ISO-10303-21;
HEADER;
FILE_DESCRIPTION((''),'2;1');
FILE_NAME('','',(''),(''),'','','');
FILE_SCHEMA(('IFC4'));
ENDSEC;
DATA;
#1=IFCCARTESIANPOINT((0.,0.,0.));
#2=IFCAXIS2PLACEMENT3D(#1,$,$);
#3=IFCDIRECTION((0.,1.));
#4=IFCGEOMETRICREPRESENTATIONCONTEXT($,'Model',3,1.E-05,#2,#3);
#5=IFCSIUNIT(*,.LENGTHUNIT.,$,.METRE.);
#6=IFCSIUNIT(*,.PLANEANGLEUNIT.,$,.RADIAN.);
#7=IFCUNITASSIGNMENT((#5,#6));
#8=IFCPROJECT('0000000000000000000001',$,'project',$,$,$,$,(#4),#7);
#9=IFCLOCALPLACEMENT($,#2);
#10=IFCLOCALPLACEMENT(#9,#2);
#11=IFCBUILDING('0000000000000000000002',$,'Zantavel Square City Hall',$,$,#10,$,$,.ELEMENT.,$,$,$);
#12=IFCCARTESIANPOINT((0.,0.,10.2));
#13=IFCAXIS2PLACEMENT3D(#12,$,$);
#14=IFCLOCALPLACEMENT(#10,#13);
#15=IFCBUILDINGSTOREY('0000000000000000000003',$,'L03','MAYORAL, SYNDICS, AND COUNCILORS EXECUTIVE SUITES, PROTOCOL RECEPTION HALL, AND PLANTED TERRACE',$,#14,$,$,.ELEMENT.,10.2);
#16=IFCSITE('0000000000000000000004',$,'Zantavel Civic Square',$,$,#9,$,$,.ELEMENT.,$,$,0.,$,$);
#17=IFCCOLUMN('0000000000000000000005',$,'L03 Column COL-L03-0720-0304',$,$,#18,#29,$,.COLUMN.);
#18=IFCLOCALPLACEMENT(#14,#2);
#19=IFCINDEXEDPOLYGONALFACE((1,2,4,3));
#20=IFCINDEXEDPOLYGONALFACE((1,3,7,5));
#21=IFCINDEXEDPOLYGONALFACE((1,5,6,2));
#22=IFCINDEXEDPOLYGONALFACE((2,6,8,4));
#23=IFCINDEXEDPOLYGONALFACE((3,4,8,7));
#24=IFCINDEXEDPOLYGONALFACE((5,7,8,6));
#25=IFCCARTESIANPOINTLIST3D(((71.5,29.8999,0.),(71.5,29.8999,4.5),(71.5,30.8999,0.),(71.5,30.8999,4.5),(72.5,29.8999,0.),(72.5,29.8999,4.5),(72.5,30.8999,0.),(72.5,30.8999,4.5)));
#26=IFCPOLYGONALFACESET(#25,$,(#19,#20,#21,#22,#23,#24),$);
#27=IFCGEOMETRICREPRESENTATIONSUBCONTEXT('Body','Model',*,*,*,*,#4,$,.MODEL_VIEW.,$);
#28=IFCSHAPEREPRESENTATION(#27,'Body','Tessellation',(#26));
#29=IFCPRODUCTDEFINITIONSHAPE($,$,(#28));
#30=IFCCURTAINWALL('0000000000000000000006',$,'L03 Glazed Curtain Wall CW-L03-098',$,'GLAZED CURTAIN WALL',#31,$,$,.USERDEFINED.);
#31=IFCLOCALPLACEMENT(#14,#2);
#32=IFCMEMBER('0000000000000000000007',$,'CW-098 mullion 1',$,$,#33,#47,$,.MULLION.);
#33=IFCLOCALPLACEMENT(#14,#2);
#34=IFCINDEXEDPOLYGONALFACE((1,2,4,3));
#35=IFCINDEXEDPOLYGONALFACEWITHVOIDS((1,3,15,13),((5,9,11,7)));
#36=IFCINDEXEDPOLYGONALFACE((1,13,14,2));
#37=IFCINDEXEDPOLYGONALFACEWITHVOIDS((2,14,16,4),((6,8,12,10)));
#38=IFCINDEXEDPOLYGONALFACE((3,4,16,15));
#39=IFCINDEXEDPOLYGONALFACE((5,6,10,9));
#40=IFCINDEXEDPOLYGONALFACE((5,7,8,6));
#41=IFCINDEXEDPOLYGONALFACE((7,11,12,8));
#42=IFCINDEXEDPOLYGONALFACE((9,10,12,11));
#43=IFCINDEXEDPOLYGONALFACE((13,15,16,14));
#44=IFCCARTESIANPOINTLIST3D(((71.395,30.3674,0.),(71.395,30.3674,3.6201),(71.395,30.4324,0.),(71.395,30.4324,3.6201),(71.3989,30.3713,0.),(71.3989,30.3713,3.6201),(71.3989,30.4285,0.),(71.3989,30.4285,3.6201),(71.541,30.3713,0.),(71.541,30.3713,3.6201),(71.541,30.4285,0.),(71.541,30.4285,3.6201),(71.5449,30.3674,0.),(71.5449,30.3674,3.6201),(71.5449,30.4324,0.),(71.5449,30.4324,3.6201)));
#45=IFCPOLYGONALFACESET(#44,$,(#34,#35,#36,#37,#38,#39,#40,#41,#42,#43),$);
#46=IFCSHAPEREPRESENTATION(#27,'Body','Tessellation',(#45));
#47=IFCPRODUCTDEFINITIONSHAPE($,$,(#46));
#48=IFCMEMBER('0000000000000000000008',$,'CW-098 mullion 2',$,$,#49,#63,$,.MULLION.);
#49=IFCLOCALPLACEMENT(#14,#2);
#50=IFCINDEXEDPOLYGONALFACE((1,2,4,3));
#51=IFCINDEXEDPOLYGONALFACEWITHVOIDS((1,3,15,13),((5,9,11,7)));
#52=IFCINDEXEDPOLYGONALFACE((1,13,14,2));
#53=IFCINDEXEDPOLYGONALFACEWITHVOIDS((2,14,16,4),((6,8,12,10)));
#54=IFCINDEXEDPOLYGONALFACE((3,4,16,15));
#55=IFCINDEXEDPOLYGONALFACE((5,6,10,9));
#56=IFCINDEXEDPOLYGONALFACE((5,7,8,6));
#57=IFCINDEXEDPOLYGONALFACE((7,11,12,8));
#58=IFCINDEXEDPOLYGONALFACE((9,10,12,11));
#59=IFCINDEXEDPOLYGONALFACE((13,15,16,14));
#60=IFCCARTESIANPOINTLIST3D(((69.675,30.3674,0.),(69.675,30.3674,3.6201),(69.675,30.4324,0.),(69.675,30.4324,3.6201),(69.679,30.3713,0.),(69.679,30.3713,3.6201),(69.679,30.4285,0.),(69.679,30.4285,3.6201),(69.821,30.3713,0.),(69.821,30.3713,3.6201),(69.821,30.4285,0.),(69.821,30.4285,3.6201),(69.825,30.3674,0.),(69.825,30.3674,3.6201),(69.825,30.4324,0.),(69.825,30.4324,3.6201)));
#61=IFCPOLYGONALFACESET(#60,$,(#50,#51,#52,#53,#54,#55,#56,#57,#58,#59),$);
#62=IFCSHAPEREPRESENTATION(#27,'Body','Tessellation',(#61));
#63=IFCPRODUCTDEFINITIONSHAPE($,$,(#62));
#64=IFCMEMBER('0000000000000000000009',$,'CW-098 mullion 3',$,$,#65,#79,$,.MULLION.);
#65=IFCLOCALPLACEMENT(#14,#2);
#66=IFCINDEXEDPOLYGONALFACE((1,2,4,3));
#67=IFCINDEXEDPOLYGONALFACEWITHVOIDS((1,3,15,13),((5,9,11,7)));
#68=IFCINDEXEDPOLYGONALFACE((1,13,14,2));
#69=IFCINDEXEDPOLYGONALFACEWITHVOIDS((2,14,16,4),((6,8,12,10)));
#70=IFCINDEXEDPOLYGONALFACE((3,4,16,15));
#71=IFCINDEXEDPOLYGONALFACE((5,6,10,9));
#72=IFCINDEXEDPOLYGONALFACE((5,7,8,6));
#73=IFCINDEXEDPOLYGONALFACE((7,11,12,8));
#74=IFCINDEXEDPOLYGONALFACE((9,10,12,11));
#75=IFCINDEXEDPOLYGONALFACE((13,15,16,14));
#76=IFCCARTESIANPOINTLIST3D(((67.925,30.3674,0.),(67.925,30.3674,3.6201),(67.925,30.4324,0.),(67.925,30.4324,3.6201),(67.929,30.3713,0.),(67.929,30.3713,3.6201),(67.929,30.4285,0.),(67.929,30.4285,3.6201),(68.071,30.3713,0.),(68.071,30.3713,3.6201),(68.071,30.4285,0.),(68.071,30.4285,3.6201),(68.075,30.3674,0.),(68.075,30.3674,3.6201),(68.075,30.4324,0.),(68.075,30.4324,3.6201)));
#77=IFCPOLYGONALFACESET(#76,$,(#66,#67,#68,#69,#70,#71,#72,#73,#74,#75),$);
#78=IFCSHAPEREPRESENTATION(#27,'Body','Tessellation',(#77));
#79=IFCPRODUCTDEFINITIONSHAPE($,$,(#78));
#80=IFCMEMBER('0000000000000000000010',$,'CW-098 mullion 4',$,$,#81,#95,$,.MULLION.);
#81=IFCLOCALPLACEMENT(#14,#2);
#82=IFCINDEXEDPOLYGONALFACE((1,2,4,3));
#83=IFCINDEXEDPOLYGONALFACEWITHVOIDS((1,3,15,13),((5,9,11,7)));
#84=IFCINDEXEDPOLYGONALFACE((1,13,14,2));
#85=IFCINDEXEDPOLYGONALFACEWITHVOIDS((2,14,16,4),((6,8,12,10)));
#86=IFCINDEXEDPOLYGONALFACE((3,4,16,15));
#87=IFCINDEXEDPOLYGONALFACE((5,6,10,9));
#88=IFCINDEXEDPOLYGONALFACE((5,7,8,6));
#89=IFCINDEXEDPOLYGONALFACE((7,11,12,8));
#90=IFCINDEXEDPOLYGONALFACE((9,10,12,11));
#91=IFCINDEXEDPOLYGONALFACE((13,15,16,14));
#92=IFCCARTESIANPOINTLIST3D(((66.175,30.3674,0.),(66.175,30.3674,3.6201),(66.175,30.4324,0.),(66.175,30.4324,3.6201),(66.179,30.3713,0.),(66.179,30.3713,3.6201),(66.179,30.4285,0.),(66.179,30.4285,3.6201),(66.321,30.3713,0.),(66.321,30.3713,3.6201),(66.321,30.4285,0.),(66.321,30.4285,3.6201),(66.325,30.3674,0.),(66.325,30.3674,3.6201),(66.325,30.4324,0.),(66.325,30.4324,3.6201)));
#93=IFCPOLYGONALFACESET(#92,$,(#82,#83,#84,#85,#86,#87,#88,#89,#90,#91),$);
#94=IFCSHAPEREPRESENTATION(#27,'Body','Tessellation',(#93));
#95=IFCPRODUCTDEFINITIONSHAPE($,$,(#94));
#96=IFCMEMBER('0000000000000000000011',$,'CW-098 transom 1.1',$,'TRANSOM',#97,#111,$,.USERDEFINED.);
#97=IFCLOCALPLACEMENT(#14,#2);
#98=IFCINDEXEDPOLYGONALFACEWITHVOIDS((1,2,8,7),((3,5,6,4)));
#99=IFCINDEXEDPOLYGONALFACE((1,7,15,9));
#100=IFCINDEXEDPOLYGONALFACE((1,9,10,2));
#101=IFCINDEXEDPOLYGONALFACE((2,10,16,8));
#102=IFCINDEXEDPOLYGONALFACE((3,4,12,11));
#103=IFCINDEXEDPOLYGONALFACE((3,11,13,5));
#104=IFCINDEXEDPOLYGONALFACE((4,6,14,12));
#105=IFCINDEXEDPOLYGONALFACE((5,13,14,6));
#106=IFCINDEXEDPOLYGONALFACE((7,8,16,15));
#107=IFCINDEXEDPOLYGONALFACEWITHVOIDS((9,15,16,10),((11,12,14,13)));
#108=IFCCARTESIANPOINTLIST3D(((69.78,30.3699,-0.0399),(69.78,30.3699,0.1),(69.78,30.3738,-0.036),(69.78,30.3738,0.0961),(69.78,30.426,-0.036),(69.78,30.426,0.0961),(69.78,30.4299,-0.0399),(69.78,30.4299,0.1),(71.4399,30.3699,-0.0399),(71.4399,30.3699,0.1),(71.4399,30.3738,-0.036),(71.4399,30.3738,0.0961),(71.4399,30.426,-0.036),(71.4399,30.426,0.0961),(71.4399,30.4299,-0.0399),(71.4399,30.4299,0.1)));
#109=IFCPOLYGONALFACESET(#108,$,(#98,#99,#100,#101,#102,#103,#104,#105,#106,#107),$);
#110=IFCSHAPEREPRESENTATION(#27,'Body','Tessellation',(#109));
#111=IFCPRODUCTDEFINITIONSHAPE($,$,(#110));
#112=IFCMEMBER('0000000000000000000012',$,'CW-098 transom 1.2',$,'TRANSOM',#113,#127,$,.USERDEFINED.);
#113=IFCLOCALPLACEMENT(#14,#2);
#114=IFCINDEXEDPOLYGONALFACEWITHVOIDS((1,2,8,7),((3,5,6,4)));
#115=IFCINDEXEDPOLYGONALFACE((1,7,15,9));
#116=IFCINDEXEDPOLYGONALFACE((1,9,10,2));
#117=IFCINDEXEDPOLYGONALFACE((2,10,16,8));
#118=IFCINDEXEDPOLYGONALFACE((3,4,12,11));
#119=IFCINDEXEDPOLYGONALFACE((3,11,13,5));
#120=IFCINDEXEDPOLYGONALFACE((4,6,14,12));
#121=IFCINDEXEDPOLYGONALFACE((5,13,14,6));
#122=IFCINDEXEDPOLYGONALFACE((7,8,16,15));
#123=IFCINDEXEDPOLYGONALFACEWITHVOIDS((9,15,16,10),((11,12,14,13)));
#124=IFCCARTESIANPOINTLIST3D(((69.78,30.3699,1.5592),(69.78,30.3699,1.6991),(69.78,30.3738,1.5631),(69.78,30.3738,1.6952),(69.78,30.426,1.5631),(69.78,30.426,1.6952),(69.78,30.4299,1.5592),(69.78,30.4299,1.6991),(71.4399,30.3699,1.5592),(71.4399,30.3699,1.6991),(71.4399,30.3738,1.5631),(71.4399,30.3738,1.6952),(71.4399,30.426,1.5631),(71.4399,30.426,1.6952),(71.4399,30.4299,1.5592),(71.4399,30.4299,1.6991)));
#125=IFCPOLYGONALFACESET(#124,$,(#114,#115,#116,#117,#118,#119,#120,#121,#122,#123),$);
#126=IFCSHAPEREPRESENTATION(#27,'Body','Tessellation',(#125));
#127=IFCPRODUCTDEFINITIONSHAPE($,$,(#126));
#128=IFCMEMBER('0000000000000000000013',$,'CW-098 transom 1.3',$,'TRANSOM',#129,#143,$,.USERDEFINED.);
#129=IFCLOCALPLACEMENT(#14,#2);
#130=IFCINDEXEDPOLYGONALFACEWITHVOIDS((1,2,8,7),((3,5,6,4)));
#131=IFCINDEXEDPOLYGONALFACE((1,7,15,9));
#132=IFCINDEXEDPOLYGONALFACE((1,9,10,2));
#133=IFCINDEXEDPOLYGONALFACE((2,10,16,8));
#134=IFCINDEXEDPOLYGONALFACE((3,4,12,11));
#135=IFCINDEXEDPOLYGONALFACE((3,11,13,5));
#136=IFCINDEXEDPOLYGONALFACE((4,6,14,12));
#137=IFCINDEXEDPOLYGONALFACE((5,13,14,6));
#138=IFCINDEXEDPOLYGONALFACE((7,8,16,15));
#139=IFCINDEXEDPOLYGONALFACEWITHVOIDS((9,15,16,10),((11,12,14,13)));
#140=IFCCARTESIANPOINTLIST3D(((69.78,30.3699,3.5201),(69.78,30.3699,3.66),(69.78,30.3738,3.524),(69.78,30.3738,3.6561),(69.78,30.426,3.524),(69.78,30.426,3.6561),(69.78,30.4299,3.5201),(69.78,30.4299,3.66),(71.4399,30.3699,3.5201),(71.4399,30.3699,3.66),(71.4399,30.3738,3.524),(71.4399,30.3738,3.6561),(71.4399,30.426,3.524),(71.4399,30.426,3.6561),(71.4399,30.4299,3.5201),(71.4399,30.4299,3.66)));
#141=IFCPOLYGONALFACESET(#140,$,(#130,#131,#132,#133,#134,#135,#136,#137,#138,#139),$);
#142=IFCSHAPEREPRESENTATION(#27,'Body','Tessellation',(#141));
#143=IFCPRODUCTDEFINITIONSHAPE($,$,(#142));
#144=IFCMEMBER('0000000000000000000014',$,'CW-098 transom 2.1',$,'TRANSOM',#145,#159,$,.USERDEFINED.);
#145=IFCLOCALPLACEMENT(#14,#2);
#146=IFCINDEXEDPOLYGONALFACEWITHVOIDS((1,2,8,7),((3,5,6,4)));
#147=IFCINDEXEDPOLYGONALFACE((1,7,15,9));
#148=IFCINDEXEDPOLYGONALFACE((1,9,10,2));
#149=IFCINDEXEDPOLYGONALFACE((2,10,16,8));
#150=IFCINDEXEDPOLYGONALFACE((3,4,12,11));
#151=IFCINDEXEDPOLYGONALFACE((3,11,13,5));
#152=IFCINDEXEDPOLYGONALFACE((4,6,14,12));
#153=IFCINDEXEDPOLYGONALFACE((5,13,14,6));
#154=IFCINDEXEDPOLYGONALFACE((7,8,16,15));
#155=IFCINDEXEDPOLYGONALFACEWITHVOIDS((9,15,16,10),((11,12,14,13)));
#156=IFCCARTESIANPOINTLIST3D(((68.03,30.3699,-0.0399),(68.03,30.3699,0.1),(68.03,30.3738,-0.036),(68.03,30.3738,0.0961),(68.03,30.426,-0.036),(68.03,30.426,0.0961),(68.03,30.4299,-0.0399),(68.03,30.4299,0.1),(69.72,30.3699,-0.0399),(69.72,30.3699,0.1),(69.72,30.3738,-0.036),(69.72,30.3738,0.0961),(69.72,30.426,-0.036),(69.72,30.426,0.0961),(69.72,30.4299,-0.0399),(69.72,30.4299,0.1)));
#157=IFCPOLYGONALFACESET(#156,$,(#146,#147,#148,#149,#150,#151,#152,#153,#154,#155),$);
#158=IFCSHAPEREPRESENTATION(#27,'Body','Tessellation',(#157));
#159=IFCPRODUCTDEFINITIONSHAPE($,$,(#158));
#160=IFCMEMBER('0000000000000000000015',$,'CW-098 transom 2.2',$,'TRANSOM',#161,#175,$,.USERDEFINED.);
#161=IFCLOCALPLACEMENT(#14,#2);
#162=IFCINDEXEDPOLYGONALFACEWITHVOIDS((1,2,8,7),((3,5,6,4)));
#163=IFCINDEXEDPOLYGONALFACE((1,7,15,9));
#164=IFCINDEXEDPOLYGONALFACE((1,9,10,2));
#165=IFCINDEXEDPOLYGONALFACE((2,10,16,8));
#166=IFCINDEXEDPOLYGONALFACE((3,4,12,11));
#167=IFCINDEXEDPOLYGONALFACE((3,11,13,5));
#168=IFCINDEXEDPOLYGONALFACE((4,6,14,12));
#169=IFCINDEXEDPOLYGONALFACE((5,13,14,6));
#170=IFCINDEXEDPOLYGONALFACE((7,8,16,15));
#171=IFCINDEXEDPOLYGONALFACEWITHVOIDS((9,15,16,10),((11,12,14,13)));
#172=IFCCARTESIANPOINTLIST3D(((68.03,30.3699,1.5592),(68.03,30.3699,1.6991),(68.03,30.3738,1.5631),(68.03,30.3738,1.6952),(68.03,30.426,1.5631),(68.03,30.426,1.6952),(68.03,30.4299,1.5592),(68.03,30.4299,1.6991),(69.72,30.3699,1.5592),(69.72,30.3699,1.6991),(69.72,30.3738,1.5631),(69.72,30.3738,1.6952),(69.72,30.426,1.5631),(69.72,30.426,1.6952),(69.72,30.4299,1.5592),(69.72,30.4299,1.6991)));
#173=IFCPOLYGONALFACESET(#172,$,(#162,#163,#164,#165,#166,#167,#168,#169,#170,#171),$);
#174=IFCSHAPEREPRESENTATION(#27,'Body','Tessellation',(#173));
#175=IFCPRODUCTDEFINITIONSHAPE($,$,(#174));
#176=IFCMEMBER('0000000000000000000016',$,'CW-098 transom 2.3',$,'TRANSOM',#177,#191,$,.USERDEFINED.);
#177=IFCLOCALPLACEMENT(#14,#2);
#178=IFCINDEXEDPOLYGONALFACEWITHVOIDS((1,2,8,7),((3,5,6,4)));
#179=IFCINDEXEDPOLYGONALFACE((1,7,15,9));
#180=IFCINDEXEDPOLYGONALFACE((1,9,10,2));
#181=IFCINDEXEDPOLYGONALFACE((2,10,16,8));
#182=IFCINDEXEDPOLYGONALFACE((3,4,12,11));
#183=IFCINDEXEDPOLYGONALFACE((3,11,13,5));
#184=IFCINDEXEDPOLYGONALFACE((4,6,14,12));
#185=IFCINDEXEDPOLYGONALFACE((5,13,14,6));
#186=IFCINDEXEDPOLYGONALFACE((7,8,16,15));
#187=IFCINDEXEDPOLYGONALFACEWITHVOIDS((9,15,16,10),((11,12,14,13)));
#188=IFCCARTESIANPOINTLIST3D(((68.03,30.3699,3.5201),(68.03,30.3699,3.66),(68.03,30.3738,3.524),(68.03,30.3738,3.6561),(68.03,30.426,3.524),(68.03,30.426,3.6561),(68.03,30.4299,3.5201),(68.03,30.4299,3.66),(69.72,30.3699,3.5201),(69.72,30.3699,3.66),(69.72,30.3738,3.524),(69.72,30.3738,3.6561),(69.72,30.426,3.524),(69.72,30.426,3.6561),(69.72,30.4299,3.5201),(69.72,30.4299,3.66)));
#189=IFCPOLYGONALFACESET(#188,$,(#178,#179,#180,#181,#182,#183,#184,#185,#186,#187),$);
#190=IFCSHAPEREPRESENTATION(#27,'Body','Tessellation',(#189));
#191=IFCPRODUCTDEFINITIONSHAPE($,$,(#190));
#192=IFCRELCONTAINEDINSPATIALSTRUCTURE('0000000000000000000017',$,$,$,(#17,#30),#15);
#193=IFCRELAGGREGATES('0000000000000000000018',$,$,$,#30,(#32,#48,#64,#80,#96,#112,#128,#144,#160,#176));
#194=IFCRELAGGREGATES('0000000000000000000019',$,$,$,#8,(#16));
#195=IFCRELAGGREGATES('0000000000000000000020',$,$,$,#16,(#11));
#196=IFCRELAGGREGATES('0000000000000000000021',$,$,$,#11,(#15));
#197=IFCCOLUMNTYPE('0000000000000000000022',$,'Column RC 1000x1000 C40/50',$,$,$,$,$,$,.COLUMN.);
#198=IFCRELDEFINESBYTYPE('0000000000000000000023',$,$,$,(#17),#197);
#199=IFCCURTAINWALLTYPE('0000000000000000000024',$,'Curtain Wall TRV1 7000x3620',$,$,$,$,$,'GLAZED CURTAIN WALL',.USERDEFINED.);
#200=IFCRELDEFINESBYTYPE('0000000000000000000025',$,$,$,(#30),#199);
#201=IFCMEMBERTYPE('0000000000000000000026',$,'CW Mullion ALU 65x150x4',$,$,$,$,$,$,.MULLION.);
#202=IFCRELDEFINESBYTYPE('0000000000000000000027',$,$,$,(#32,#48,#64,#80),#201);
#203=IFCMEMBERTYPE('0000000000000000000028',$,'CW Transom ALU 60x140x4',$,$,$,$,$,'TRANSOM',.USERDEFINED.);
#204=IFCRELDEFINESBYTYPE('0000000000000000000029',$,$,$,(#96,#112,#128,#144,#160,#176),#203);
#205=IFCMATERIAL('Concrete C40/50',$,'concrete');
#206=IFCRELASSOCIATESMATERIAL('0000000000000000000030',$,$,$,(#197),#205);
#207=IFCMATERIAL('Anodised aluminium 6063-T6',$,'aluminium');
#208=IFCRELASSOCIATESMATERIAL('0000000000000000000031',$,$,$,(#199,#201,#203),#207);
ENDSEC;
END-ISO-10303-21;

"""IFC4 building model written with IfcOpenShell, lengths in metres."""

from ifc_helpers import new_model, si_unit, direction, frame, origin, origin_2d, place, context, subcontext, project, spatial, rectangle, hollow_rectangle, extrude, material, material_profile, profile_set, type_object, element, aggregate, save


model = new_model("IFC4")

# Units and contexts
model_context = context("Model", 3, precision=1e-05, world=origin(), true_north=direction((0.0, 1.0)))
body_context = subcontext(model_context, "Body", "Model", "MODEL_VIEW")
ifc_project = project(units=[si_unit("LENGTHUNIT", "METRE"), si_unit("PLANEANGLEUNIT", "RADIAN")], contexts=[model_context])

# Site, building, storey
site_placement = place(None, origin())
site = spatial("IfcSite", under=ifc_project, at=site_placement, Name="Zantavel Civic Square", CompositionType="ELEMENT", RefElevation=0.0)
building_placement = place(site_placement, origin())
building = spatial("IfcBuilding", under=site, at=building_placement, Name="Zantavel Square City Hall", CompositionType="ELEMENT")
storey_placement = place(building_placement, frame((0.0, 0.0, 10.2)))
storey = spatial("IfcBuildingStorey", under=building, at=storey_placement, Name="L03", Description="MAYORAL, SYNDICS, AND COUNCILORS EXECUTIVE SUITES, PROTOCOL RECEPTION HALL, AND PLANTED TERRACE", CompositionType="ELEMENT", Elevation=10.2)

# Column
ifc_material_1 = material(Name="Concrete C40/50", Category="concrete")
ifc_material_profile_1 = material_profile(ifc_material_1, rectangle(XDim=1.0, YDim=1.0, at=origin_2d()), Name="RC 1000x1000")
ifc_profile_set_1 = profile_set([ifc_material_profile_1], Name="Concrete C40/50")
column_type = type_object("IfcColumnType", Name="Column RC 1000x1000 C40/50", PredefinedType="COLUMN", material=ifc_profile_set_1)
column_placement = place(storey_placement, frame((72.0, 30.3999, 0.0), z_axis=(0.0, 0.0, 1.0), x_axis=(1.0, 0.0, 0.0)))
element("IfcColumn", 1, at=column_placement, inside=storey, type_object=column_type, Name="L03 Column COL-L03-0720-0304", PredefinedType="COLUMN", context=body_context, shape_type="SweptSolid", body=[
    extrude(rectangle(XDim=1.0, YDim=1.0, at=origin_2d()), origin(), (0.0, 0.0, 1.0), 4.5),
])

# Curtain wall, members
ifc_material_2 = material(Name="Anodised aluminium 6063-T6", Category="aluminium")
curtain_wall_type = type_object("IfcCurtainWallType", Name="Curtain Wall TRV1 7000x3620", ElementType="GLAZED CURTAIN WALL", PredefinedType="USERDEFINED", material=ifc_material_2)
curtain_wall_placement = place(storey_placement, origin())
curtain_wall = element("IfcCurtainWall", 2, at=curtain_wall_placement, inside=storey, type_object=curtain_wall_type, Name="L03 Glazed Curtain Wall CW-L03-098", ObjectType="GLAZED CURTAIN WALL", PredefinedType="USERDEFINED")
ifc_material_profile_2 = material_profile(ifc_material_2, hollow_rectangle(XDim=0.0649, YDim=0.1499, WallThickness=0.0039, at=origin_2d()), Name="ALU 65x150x4")
ifc_profile_set_2 = profile_set([ifc_material_profile_2], Name="Anodised aluminium 6063-T6")
member_type_1 = type_object("IfcMemberType", Name="CW Mullion ALU 65x150x4", PredefinedType="MULLION", material=ifc_profile_set_2)
member_1_placement = place(storey_placement, frame((71.47, 30.3999, 0.0), z_axis=(0.0, 0.0, 1.0), x_axis=(0.0, -1.0, 0.0)))
member_1 = element("IfcMember", 3, at=member_1_placement, type_object=member_type_1, Name="CW-098 mullion 1", PredefinedType="MULLION", context=body_context, shape_type="SweptSolid", body=[
    extrude(hollow_rectangle(XDim=0.0649, YDim=0.1499, WallThickness=0.0039, at=origin_2d()), origin(), (0.0, 0.0, 1.0), 3.6201),
])
member_2_placement = place(storey_placement, frame((69.75, 30.3999, 0.0), z_axis=(0.0, 0.0, 1.0), x_axis=(0.0, -1.0, 0.0)))
member_2 = element("IfcMember", 4, at=member_2_placement, type_object=member_type_1, Name="CW-098 mullion 2", PredefinedType="MULLION", context=body_context, shape_type="SweptSolid", body=[
    extrude(hollow_rectangle(XDim=0.0649, YDim=0.1499, WallThickness=0.0039, at=origin_2d()), origin(), (0.0, 0.0, 1.0), 3.6201),
])
member_3_placement = place(storey_placement, frame((68.0, 30.3999, 0.0), z_axis=(0.0, 0.0, 1.0), x_axis=(0.0, -1.0, 0.0)))
member_3 = element("IfcMember", 5, at=member_3_placement, type_object=member_type_1, Name="CW-098 mullion 3", PredefinedType="MULLION", context=body_context, shape_type="SweptSolid", body=[
    extrude(hollow_rectangle(XDim=0.0649, YDim=0.1499, WallThickness=0.0039, at=origin_2d()), origin(), (0.0, 0.0, 1.0), 3.6201),
])
member_4_placement = place(storey_placement, frame((66.25, 30.3999, 0.0), z_axis=(0.0, 0.0, 1.0), x_axis=(0.0, -1.0, 0.0)))
member_4 = element("IfcMember", 6, at=member_4_placement, type_object=member_type_1, Name="CW-098 mullion 4", PredefinedType="MULLION", context=body_context, shape_type="SweptSolid", body=[
    extrude(hollow_rectangle(XDim=0.0649, YDim=0.1499, WallThickness=0.0039, at=origin_2d()), origin(), (0.0, 0.0, 1.0), 3.6201),
])
ifc_material_profile_3 = material_profile(ifc_material_2, hollow_rectangle(XDim=0.0601, YDim=0.1399, WallThickness=0.0039, at=origin_2d()), Name="ALU 60x140x4")
ifc_profile_set_3 = profile_set([ifc_material_profile_3], Name="Anodised aluminium 6063-T6")
member_type_2 = type_object("IfcMemberType", Name="CW Transom ALU 60x140x4", ElementType="TRANSOM", PredefinedType="USERDEFINED", material=ifc_profile_set_3)
member_5_placement = place(storey_placement, frame((71.4399, 30.3999, 0.03), z_axis=(-1.0, 0.0, 0.0), x_axis=(0.0, -1.0, 0.0)))
member_5 = element("IfcMember", 7, at=member_5_placement, type_object=member_type_2, Name="CW-098 transom 1.1", ObjectType="TRANSOM", PredefinedType="USERDEFINED", context=body_context, shape_type="SweptSolid", body=[
    extrude(hollow_rectangle(XDim=0.0601, YDim=0.1399, WallThickness=0.0039, at=origin_2d()), origin(), (0.0, 0.0, 1.0), 1.6599),
])
member_6_placement = place(storey_placement, frame((71.4399, 30.3999, 1.6292), z_axis=(-1.0, 0.0, 0.0), x_axis=(0.0, -1.0, 0.0)))
member_6 = element("IfcMember", 8, at=member_6_placement, type_object=member_type_2, Name="CW-098 transom 1.2", ObjectType="TRANSOM", PredefinedType="USERDEFINED", context=body_context, shape_type="SweptSolid", body=[
    extrude(hollow_rectangle(XDim=0.0601, YDim=0.1399, WallThickness=0.0039, at=origin_2d()), origin(), (0.0, 0.0, 1.0), 1.6599),
])
member_7_placement = place(storey_placement, frame((71.4399, 30.3999, 3.5901), z_axis=(-1.0, 0.0, 0.0), x_axis=(0.0, -1.0, 0.0)))
member_7 = element("IfcMember", 9, at=member_7_placement, type_object=member_type_2, Name="CW-098 transom 1.3", ObjectType="TRANSOM", PredefinedType="USERDEFINED", context=body_context, shape_type="SweptSolid", body=[
    extrude(hollow_rectangle(XDim=0.0601, YDim=0.1399, WallThickness=0.0039, at=origin_2d()), origin(), (0.0, 0.0, 1.0), 1.6599),
])
member_8_placement = place(storey_placement, frame((69.72, 30.3999, 0.03), z_axis=(-1.0, 0.0, 0.0), x_axis=(0.0, -1.0, 0.0)))
member_8 = element("IfcMember", 10, at=member_8_placement, type_object=member_type_2, Name="CW-098 transom 2.1", ObjectType="TRANSOM", PredefinedType="USERDEFINED", context=body_context, shape_type="SweptSolid", body=[
    extrude(hollow_rectangle(XDim=0.0601, YDim=0.1399, WallThickness=0.0039, at=origin_2d()), origin(), (0.0, 0.0, 1.0), 1.6899),
])
member_9_placement = place(storey_placement, frame((69.72, 30.3999, 1.6292), z_axis=(-1.0, 0.0, 0.0), x_axis=(0.0, -1.0, 0.0)))
member_9 = element("IfcMember", 11, at=member_9_placement, type_object=member_type_2, Name="CW-098 transom 2.2", ObjectType="TRANSOM", PredefinedType="USERDEFINED", context=body_context, shape_type="SweptSolid", body=[
    extrude(hollow_rectangle(XDim=0.0601, YDim=0.1399, WallThickness=0.0039, at=origin_2d()), origin(), (0.0, 0.0, 1.0), 1.6899),
])
member_10_placement = place(storey_placement, frame((69.72, 30.3999, 3.5901), z_axis=(-1.0, 0.0, 0.0), x_axis=(0.0, -1.0, 0.0)))
member_10 = element("IfcMember", 12, at=member_10_placement, type_object=member_type_2, Name="CW-098 transom 2.3", ObjectType="TRANSOM", PredefinedType="USERDEFINED", context=body_context, shape_type="SweptSolid", body=[
    extrude(hollow_rectangle(XDim=0.0601, YDim=0.1399, WallThickness=0.0039, at=origin_2d()), origin(), (0.0, 0.0, 1.0), 1.6899),
])

aggregate(curtain_wall, [member_1, member_2, member_3, member_4, member_5, member_6, member_7, member_8, member_9, member_10])

save(model, "model.ifc")
